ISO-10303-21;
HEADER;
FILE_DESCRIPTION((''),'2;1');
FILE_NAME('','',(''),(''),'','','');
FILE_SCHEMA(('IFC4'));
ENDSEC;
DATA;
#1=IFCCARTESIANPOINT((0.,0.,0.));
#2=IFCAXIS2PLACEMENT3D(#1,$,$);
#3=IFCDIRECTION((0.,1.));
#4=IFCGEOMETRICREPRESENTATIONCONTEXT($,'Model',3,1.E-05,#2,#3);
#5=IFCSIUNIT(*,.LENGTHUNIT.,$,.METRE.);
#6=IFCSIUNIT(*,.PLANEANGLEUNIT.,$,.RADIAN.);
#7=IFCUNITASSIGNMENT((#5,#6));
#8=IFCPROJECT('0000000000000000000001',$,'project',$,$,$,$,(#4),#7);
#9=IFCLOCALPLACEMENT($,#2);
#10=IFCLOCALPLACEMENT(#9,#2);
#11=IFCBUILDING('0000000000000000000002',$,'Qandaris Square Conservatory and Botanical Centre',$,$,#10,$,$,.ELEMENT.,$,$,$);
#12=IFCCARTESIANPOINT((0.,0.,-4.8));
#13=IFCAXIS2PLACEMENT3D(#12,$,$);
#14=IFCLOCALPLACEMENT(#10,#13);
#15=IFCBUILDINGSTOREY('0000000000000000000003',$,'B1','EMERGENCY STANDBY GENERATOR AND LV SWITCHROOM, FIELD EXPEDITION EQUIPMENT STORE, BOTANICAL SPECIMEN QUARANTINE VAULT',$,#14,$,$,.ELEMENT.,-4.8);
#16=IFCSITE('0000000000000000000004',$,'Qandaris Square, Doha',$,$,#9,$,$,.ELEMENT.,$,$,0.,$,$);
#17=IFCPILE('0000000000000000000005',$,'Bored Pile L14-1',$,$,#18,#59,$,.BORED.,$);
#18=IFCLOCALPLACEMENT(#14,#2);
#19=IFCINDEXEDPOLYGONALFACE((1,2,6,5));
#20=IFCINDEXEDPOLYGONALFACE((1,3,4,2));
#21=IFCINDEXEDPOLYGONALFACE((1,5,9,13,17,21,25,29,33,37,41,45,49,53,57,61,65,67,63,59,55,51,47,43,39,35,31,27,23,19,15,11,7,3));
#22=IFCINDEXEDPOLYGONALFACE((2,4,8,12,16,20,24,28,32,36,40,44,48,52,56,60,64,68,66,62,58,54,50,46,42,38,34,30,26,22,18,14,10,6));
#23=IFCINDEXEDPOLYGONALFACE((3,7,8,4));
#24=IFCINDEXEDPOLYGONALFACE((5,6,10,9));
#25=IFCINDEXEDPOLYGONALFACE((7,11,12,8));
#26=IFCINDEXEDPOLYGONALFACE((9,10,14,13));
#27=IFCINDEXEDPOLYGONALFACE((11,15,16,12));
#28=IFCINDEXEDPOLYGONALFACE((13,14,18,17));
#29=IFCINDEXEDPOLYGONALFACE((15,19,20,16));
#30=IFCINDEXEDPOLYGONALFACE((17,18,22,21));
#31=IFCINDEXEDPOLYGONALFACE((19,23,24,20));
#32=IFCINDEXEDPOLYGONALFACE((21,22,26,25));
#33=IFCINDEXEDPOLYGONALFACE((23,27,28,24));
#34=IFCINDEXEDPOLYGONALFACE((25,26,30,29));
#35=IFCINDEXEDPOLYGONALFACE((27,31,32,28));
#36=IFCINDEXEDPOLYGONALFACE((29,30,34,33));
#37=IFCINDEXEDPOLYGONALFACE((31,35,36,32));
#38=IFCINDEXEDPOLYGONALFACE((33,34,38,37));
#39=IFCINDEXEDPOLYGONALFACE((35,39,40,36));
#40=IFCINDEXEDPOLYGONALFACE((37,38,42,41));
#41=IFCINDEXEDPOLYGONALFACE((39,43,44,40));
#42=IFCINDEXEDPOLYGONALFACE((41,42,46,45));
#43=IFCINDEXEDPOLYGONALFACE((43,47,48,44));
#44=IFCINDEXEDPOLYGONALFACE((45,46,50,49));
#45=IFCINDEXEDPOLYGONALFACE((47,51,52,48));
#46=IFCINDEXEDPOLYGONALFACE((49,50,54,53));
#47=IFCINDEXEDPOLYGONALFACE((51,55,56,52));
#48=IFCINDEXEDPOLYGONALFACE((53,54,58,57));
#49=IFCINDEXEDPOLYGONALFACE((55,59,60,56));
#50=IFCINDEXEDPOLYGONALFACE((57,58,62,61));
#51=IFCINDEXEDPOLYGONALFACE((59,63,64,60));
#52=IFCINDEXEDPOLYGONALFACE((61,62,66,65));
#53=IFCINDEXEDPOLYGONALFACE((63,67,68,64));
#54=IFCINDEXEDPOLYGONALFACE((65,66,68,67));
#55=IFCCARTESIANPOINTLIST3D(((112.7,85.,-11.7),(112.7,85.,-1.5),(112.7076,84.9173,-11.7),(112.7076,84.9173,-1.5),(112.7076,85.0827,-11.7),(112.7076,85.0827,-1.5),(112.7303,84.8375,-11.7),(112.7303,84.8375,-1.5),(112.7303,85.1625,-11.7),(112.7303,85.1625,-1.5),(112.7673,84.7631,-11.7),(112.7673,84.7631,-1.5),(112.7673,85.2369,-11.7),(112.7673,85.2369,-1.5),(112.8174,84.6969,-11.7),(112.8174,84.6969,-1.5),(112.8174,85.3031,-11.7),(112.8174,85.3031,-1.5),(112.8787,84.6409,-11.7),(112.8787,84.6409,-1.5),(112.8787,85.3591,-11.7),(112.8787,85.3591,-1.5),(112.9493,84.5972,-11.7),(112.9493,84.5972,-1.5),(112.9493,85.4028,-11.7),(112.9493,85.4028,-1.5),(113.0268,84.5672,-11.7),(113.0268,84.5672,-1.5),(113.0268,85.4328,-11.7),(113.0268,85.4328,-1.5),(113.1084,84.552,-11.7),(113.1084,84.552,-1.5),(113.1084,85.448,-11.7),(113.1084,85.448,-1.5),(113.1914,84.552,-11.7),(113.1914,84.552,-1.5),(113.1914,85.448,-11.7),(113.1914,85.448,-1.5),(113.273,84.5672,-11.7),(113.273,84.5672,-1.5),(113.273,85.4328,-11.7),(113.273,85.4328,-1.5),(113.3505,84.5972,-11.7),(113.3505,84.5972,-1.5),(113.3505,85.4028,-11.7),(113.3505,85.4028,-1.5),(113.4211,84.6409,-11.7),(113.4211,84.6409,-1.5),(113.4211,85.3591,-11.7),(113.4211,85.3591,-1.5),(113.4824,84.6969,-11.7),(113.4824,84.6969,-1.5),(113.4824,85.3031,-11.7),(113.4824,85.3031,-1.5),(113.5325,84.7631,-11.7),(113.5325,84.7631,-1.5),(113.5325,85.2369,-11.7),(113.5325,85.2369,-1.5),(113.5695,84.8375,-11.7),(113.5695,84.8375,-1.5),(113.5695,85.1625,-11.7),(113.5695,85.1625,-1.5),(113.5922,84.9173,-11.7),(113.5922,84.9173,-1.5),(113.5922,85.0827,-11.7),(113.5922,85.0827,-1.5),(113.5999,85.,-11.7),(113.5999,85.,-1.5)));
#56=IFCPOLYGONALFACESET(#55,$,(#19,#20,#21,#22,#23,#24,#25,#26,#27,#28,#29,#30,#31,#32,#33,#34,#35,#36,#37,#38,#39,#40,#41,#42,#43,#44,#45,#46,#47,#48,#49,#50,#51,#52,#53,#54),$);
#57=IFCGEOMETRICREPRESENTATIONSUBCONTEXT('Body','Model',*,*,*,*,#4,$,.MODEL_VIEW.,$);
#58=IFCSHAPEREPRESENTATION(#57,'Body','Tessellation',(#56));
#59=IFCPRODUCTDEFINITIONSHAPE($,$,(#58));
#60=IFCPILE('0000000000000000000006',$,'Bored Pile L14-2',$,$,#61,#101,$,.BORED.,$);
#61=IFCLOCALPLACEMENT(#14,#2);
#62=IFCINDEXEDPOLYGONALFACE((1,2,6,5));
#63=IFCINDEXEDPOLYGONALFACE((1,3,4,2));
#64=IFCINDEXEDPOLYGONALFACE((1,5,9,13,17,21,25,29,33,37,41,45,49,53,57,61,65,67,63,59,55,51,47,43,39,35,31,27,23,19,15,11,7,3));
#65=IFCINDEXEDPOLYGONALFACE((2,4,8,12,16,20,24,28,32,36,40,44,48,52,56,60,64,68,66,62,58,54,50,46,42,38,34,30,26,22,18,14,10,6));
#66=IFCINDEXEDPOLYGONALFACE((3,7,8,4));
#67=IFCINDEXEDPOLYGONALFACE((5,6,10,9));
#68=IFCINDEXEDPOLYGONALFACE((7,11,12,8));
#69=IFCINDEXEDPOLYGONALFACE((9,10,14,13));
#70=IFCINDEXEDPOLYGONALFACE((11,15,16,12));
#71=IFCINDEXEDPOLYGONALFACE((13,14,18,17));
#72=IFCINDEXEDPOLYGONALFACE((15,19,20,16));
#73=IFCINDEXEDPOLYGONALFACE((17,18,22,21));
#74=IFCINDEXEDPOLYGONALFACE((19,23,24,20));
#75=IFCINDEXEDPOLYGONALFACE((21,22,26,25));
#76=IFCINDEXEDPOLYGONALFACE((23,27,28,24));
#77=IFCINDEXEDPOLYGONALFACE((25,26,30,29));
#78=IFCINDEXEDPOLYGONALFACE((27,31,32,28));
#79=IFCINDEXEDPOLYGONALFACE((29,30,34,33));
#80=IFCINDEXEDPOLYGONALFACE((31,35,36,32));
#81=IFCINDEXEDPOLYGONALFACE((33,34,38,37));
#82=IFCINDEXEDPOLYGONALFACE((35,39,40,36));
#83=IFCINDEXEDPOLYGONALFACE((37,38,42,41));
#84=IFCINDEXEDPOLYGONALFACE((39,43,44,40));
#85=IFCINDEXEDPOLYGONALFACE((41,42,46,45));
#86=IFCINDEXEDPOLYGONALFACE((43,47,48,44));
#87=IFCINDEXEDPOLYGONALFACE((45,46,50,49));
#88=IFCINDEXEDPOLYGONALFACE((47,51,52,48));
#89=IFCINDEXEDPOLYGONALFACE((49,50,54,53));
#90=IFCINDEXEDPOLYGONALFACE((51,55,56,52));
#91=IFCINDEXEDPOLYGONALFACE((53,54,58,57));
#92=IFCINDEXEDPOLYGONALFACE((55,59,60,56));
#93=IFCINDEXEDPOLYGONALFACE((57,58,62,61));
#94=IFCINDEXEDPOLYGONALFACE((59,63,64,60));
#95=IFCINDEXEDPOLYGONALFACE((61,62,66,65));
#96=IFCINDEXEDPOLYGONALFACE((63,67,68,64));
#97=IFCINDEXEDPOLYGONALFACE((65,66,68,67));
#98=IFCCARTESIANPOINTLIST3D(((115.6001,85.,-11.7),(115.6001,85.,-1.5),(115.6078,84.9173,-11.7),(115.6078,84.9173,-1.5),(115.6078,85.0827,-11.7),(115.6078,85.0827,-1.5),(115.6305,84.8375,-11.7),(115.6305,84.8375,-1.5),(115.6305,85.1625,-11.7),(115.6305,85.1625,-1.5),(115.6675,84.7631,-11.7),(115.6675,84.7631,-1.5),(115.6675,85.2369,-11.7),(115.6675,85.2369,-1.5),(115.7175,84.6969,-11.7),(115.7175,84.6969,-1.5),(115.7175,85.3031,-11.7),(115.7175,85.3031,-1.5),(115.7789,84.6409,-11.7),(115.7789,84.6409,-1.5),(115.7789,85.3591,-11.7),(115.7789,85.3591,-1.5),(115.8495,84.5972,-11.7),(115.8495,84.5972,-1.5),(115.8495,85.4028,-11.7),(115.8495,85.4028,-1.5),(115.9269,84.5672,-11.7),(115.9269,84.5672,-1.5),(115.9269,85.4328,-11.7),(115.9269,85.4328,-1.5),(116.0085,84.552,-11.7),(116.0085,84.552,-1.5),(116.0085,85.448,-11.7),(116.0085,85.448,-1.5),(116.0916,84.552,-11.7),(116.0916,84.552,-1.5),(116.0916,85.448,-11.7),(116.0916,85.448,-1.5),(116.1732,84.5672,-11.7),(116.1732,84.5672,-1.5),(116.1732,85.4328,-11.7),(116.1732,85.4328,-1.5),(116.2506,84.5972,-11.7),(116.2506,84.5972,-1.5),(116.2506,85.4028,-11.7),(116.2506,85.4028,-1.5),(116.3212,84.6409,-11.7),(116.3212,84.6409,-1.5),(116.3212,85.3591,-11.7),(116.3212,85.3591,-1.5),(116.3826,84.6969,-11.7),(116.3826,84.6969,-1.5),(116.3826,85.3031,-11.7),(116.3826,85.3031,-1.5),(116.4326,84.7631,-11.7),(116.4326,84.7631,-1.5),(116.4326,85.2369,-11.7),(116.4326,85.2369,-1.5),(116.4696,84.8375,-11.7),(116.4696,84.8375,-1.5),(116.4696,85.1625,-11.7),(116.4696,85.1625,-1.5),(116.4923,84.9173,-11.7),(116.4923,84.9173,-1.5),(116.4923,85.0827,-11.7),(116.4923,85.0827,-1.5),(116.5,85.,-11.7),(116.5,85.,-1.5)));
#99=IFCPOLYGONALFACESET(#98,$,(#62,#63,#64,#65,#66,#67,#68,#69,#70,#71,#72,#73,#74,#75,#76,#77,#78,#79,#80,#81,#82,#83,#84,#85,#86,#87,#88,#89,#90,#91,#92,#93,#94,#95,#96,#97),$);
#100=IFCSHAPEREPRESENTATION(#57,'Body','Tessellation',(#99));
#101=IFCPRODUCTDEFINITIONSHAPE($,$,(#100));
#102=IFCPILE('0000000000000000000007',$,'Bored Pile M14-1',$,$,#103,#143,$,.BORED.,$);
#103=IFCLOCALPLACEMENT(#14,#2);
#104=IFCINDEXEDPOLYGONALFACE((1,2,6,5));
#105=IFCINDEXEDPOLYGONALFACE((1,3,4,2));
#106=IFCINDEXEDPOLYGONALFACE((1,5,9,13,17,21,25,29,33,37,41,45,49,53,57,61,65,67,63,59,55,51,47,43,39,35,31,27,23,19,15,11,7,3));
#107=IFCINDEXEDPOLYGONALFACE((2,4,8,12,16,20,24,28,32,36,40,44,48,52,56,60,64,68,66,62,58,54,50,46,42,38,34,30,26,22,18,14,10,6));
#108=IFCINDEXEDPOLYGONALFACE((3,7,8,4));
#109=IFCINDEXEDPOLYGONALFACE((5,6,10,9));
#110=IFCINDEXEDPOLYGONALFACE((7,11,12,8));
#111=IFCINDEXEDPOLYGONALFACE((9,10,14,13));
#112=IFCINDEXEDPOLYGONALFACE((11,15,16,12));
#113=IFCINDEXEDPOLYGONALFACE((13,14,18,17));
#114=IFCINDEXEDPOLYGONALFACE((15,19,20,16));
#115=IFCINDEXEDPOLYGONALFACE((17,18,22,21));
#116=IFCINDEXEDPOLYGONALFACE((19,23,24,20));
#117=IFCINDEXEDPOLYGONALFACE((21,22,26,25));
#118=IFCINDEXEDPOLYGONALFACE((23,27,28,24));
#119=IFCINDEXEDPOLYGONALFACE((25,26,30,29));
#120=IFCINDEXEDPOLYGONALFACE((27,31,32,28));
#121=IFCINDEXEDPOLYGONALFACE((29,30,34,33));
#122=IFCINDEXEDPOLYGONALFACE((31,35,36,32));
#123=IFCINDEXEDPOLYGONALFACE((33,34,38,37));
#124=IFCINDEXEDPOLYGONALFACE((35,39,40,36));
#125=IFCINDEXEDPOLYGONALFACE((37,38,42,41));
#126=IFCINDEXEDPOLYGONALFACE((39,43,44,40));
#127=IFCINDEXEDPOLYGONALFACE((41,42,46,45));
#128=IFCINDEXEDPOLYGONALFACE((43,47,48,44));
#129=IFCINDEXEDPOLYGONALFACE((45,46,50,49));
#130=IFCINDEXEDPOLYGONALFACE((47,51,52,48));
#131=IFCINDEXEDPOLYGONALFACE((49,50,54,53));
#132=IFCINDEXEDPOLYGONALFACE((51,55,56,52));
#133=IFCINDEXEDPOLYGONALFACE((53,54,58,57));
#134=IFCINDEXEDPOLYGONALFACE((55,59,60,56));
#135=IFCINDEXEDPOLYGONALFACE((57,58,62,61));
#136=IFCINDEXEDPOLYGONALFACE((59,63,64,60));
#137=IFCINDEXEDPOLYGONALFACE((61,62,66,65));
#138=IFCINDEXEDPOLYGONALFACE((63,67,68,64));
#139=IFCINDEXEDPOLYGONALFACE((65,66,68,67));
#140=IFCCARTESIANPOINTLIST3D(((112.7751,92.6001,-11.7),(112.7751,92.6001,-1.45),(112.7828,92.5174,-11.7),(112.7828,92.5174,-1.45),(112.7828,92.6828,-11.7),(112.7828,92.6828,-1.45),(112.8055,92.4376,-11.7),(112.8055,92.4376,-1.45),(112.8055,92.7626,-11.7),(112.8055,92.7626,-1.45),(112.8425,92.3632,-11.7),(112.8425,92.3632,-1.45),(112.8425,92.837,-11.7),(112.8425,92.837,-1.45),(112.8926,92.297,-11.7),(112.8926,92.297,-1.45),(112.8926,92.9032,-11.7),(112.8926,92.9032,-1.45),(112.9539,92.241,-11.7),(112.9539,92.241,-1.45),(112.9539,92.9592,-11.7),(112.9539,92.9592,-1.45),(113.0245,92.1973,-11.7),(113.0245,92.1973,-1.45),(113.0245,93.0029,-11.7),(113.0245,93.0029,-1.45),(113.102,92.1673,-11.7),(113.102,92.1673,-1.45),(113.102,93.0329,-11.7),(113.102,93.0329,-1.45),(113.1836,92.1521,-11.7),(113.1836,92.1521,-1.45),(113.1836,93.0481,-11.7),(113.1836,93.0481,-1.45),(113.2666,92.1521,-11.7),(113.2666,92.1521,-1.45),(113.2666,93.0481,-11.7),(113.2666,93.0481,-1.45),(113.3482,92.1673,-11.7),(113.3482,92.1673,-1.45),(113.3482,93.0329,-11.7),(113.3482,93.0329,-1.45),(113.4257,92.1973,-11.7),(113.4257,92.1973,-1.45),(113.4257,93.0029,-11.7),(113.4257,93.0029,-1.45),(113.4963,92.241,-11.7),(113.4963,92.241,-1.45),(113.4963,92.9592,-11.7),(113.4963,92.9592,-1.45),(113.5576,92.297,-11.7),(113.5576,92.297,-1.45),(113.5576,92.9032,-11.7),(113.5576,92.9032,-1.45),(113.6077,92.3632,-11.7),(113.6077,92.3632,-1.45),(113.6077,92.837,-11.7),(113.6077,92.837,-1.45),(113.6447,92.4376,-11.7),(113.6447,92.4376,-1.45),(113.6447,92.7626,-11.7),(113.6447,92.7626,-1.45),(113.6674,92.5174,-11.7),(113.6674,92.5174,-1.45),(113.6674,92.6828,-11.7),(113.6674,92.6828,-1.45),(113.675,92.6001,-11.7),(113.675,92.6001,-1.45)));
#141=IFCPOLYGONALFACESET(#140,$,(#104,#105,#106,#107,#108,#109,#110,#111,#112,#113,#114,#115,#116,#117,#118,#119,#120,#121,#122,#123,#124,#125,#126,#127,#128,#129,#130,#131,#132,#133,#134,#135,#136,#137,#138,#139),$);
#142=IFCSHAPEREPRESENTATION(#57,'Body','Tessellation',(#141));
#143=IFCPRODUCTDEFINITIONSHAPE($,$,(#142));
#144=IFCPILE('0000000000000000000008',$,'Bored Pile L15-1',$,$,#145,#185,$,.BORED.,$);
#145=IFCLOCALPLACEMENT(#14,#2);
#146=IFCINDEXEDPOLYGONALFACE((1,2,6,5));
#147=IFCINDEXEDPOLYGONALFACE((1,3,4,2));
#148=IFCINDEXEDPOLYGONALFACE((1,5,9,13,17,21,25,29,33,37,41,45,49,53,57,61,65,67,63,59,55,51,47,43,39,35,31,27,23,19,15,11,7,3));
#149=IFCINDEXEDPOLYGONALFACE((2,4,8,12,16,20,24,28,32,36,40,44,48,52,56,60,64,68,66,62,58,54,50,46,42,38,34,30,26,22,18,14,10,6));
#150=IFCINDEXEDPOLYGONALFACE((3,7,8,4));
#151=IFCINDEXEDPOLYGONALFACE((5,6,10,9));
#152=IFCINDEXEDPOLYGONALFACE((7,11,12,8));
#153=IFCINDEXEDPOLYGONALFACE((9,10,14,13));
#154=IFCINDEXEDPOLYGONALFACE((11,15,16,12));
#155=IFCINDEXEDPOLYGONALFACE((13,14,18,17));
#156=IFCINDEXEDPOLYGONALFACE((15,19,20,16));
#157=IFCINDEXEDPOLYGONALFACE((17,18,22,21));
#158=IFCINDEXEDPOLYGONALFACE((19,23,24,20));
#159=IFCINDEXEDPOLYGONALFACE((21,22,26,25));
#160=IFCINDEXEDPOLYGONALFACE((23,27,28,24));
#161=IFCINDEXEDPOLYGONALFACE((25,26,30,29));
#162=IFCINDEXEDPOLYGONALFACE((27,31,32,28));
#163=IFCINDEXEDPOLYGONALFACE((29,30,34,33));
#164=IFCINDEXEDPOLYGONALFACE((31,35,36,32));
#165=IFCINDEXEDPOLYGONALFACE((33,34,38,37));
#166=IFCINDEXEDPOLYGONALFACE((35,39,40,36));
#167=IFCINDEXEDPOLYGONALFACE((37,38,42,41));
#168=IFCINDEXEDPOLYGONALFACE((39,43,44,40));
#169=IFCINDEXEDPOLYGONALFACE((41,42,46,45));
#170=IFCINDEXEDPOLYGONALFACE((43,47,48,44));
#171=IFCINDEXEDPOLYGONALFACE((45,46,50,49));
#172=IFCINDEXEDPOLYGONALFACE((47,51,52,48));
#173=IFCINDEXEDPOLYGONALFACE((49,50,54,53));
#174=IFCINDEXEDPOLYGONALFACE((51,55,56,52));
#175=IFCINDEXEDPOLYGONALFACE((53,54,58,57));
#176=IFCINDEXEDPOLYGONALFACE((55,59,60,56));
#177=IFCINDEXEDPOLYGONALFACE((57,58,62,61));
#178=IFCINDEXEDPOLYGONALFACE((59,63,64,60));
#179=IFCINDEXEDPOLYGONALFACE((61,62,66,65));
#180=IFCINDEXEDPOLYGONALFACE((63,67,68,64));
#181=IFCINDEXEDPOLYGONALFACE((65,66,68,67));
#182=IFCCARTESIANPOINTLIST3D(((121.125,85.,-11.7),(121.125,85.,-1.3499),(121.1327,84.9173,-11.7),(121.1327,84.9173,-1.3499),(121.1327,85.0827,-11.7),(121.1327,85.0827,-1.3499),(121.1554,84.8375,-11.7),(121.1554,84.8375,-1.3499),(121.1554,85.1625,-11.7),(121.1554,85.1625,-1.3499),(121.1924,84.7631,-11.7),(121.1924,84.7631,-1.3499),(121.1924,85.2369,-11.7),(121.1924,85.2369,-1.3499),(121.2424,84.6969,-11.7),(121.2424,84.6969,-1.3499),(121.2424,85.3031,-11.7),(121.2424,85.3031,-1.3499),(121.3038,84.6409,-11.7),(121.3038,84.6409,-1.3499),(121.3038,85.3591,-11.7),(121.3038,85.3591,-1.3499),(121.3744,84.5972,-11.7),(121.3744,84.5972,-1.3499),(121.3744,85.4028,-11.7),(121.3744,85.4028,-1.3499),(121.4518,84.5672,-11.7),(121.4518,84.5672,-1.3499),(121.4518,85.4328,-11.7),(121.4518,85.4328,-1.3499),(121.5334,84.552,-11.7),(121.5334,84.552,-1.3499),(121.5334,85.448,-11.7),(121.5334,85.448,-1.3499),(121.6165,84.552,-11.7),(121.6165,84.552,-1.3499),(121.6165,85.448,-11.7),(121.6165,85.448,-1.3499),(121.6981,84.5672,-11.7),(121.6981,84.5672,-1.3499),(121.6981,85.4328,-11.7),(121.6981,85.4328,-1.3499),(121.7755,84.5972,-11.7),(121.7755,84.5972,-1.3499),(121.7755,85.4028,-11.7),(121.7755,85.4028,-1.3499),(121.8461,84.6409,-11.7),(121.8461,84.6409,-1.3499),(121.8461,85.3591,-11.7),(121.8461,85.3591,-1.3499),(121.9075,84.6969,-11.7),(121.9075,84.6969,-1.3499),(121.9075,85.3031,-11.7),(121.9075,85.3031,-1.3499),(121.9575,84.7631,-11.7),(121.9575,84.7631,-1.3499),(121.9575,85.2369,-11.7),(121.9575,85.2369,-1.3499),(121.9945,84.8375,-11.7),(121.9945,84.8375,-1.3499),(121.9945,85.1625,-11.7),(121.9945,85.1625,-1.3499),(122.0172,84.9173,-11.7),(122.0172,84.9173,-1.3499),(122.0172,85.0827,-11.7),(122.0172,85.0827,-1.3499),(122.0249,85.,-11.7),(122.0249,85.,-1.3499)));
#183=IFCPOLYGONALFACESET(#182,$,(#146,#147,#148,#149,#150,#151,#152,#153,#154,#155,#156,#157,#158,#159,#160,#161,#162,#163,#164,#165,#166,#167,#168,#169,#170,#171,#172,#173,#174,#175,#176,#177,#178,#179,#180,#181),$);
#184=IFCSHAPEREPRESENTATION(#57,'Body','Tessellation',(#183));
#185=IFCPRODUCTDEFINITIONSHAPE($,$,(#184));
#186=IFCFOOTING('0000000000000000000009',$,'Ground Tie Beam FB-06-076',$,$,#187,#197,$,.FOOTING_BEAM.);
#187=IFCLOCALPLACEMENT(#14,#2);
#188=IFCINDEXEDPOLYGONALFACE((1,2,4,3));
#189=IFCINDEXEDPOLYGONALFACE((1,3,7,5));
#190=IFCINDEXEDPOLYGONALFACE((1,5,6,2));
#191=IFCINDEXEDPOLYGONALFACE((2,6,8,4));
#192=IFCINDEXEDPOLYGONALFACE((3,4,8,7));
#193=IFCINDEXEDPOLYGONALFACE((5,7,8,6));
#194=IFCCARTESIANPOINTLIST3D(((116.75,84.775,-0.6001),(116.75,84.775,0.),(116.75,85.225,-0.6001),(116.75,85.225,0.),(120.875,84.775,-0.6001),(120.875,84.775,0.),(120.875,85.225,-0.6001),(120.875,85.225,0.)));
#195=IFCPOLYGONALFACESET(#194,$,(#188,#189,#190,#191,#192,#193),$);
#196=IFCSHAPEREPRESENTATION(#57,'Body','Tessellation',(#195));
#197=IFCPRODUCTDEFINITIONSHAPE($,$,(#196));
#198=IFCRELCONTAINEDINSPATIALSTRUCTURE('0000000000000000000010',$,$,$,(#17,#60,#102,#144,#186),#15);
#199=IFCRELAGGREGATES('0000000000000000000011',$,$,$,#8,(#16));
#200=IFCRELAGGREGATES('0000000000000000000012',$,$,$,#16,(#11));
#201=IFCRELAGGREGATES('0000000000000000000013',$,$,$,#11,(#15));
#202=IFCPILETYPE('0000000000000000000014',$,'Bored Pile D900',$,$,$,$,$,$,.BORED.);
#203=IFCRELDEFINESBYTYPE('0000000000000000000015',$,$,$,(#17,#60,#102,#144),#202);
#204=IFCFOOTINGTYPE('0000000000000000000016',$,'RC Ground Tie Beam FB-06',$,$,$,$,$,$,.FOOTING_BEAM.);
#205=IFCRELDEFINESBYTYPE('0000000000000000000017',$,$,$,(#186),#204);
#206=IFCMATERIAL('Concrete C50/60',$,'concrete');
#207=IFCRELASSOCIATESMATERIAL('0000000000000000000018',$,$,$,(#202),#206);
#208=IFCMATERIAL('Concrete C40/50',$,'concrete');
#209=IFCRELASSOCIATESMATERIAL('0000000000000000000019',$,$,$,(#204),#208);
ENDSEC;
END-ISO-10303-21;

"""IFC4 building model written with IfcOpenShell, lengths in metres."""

from ifc_helpers import new_model, si_unit, direction, frame, origin, origin_2d, place, context, subcontext, project, spatial, rectangle, circle, extrude, material, material_profile, profile_set, type_object, element, save


model = new_model("IFC4")

# Units and contexts
model_context = context("Model", 3, precision=1e-05, world=origin(), true_north=direction((0.0, 1.0)))
body_context = subcontext(model_context, "Body", "Model", "MODEL_VIEW")
ifc_project = project(units=[si_unit("LENGTHUNIT", "METRE"), si_unit("PLANEANGLEUNIT", "RADIAN")], contexts=[model_context])

# Site, building, storey
site_placement = place(None, origin())
site = spatial("IfcSite", under=ifc_project, at=site_placement, Name="Qandaris Square, Doha", CompositionType="ELEMENT", RefElevation=0.0)
building_placement = place(site_placement, origin())
building = spatial("IfcBuilding", under=site, at=building_placement, Name="Qandaris Square Conservatory and Botanical Centre", CompositionType="ELEMENT")
storey_placement = place(building_placement, frame((0.0, 0.0, -4.8)))
storey = spatial("IfcBuildingStorey", under=building, at=storey_placement, Name="B1", Description="EMERGENCY STANDBY GENERATOR AND LV SWITCHROOM, FIELD EXPEDITION EQUIPMENT STORE, BOTANICAL SPECIMEN QUARANTINE VAULT", CompositionType="ELEMENT", Elevation=-4.8)

# Piles
ifc_material_1 = material(Name="Concrete C50/60", Category="concrete")
ifc_material_profile_1 = material_profile(ifc_material_1, circle(Radius=0.45, at=origin_2d()), Name="PILE D900")
ifc_profile_set_1 = profile_set([ifc_material_profile_1], Name="Concrete C50/60")
pile_type = type_object("IfcPileType", Name="Bored Pile D900", PredefinedType="BORED", material=ifc_profile_set_1)
for number, where, z_axis, x_axis, name in (
    (1, (113.1499, 85.0, -1.5), (0.0, 0.0, -1.0), (1.0, 0.0, 0.0), "Bored Pile L14-1"),
    (2, (116.05, 85.0, -1.5), (0.0, 0.0, -1.0), (1.0, 0.0, 0.0), "Bored Pile L14-2"),
):
    element("IfcPile", number, at=place(storey_placement, frame(where, z_axis=z_axis, x_axis=x_axis)), inside=storey, type_object=pile_type, Name=name, PredefinedType="BORED", context=body_context, shape_type="SweptSolid", body=[
        extrude(circle(Radius=0.45, at=origin_2d()), origin(), (0.0, 0.0, 1.0), 10.2),
    ])
pile_1_placement = place(storey_placement, frame((113.2251, 92.6001, -1.45), z_axis=(0.0, 0.0, -1.0), x_axis=(1.0, 0.0, 0.0)))
element("IfcPile", 3, at=pile_1_placement, inside=storey, type_object=pile_type, Name="Bored Pile M14-1", PredefinedType="BORED", context=body_context, shape_type="SweptSolid", body=[
    extrude(circle(Radius=0.45, at=origin_2d()), origin(), (0.0, 0.0, 1.0), 10.25),
])
pile_2_placement = place(storey_placement, frame((121.575, 85.0, -1.3499), z_axis=(0.0, 0.0, -1.0), x_axis=(1.0, 0.0, 0.0)))
element("IfcPile", 4, at=pile_2_placement, inside=storey, type_object=pile_type, Name="Bored Pile L15-1", PredefinedType="BORED", context=body_context, shape_type="SweptSolid", body=[
    extrude(circle(Radius=0.45, at=origin_2d()), origin(), (0.0, 0.0, 1.0), 10.3501),
])

# Footing
ifc_material_2 = material(Name="Concrete C40/50", Category="concrete")
ifc_material_profile_2 = material_profile(ifc_material_2, rectangle(XDim=0.45, YDim=0.6001, at=origin_2d()), Name="FB 450x600")
ifc_profile_set_2 = profile_set([ifc_material_profile_2], Name="Concrete C40/50")
footing_type_1 = type_object("IfcFootingType", Name="RC Ground Tie Beam FB-06", PredefinedType="FOOTING_BEAM", material=ifc_profile_set_2)
footing_1_placement = place(storey_placement, frame((116.75, 85.0, -0.3), z_axis=(1.0, 0.0, 0.0), x_axis=(0.0, 1.0, 0.0)))
element("IfcFooting", 5, at=footing_1_placement, inside=storey, type_object=footing_type_1, Name="Ground Tie Beam FB-06-076", PredefinedType="FOOTING_BEAM", context=body_context, shape_type="SweptSolid", body=[
    extrude(rectangle(XDim=0.45, YDim=0.6001, at=origin_2d()), origin(), (0.0, 0.0, 1.0), 4.125),
])

save(model, "model.ifc")
